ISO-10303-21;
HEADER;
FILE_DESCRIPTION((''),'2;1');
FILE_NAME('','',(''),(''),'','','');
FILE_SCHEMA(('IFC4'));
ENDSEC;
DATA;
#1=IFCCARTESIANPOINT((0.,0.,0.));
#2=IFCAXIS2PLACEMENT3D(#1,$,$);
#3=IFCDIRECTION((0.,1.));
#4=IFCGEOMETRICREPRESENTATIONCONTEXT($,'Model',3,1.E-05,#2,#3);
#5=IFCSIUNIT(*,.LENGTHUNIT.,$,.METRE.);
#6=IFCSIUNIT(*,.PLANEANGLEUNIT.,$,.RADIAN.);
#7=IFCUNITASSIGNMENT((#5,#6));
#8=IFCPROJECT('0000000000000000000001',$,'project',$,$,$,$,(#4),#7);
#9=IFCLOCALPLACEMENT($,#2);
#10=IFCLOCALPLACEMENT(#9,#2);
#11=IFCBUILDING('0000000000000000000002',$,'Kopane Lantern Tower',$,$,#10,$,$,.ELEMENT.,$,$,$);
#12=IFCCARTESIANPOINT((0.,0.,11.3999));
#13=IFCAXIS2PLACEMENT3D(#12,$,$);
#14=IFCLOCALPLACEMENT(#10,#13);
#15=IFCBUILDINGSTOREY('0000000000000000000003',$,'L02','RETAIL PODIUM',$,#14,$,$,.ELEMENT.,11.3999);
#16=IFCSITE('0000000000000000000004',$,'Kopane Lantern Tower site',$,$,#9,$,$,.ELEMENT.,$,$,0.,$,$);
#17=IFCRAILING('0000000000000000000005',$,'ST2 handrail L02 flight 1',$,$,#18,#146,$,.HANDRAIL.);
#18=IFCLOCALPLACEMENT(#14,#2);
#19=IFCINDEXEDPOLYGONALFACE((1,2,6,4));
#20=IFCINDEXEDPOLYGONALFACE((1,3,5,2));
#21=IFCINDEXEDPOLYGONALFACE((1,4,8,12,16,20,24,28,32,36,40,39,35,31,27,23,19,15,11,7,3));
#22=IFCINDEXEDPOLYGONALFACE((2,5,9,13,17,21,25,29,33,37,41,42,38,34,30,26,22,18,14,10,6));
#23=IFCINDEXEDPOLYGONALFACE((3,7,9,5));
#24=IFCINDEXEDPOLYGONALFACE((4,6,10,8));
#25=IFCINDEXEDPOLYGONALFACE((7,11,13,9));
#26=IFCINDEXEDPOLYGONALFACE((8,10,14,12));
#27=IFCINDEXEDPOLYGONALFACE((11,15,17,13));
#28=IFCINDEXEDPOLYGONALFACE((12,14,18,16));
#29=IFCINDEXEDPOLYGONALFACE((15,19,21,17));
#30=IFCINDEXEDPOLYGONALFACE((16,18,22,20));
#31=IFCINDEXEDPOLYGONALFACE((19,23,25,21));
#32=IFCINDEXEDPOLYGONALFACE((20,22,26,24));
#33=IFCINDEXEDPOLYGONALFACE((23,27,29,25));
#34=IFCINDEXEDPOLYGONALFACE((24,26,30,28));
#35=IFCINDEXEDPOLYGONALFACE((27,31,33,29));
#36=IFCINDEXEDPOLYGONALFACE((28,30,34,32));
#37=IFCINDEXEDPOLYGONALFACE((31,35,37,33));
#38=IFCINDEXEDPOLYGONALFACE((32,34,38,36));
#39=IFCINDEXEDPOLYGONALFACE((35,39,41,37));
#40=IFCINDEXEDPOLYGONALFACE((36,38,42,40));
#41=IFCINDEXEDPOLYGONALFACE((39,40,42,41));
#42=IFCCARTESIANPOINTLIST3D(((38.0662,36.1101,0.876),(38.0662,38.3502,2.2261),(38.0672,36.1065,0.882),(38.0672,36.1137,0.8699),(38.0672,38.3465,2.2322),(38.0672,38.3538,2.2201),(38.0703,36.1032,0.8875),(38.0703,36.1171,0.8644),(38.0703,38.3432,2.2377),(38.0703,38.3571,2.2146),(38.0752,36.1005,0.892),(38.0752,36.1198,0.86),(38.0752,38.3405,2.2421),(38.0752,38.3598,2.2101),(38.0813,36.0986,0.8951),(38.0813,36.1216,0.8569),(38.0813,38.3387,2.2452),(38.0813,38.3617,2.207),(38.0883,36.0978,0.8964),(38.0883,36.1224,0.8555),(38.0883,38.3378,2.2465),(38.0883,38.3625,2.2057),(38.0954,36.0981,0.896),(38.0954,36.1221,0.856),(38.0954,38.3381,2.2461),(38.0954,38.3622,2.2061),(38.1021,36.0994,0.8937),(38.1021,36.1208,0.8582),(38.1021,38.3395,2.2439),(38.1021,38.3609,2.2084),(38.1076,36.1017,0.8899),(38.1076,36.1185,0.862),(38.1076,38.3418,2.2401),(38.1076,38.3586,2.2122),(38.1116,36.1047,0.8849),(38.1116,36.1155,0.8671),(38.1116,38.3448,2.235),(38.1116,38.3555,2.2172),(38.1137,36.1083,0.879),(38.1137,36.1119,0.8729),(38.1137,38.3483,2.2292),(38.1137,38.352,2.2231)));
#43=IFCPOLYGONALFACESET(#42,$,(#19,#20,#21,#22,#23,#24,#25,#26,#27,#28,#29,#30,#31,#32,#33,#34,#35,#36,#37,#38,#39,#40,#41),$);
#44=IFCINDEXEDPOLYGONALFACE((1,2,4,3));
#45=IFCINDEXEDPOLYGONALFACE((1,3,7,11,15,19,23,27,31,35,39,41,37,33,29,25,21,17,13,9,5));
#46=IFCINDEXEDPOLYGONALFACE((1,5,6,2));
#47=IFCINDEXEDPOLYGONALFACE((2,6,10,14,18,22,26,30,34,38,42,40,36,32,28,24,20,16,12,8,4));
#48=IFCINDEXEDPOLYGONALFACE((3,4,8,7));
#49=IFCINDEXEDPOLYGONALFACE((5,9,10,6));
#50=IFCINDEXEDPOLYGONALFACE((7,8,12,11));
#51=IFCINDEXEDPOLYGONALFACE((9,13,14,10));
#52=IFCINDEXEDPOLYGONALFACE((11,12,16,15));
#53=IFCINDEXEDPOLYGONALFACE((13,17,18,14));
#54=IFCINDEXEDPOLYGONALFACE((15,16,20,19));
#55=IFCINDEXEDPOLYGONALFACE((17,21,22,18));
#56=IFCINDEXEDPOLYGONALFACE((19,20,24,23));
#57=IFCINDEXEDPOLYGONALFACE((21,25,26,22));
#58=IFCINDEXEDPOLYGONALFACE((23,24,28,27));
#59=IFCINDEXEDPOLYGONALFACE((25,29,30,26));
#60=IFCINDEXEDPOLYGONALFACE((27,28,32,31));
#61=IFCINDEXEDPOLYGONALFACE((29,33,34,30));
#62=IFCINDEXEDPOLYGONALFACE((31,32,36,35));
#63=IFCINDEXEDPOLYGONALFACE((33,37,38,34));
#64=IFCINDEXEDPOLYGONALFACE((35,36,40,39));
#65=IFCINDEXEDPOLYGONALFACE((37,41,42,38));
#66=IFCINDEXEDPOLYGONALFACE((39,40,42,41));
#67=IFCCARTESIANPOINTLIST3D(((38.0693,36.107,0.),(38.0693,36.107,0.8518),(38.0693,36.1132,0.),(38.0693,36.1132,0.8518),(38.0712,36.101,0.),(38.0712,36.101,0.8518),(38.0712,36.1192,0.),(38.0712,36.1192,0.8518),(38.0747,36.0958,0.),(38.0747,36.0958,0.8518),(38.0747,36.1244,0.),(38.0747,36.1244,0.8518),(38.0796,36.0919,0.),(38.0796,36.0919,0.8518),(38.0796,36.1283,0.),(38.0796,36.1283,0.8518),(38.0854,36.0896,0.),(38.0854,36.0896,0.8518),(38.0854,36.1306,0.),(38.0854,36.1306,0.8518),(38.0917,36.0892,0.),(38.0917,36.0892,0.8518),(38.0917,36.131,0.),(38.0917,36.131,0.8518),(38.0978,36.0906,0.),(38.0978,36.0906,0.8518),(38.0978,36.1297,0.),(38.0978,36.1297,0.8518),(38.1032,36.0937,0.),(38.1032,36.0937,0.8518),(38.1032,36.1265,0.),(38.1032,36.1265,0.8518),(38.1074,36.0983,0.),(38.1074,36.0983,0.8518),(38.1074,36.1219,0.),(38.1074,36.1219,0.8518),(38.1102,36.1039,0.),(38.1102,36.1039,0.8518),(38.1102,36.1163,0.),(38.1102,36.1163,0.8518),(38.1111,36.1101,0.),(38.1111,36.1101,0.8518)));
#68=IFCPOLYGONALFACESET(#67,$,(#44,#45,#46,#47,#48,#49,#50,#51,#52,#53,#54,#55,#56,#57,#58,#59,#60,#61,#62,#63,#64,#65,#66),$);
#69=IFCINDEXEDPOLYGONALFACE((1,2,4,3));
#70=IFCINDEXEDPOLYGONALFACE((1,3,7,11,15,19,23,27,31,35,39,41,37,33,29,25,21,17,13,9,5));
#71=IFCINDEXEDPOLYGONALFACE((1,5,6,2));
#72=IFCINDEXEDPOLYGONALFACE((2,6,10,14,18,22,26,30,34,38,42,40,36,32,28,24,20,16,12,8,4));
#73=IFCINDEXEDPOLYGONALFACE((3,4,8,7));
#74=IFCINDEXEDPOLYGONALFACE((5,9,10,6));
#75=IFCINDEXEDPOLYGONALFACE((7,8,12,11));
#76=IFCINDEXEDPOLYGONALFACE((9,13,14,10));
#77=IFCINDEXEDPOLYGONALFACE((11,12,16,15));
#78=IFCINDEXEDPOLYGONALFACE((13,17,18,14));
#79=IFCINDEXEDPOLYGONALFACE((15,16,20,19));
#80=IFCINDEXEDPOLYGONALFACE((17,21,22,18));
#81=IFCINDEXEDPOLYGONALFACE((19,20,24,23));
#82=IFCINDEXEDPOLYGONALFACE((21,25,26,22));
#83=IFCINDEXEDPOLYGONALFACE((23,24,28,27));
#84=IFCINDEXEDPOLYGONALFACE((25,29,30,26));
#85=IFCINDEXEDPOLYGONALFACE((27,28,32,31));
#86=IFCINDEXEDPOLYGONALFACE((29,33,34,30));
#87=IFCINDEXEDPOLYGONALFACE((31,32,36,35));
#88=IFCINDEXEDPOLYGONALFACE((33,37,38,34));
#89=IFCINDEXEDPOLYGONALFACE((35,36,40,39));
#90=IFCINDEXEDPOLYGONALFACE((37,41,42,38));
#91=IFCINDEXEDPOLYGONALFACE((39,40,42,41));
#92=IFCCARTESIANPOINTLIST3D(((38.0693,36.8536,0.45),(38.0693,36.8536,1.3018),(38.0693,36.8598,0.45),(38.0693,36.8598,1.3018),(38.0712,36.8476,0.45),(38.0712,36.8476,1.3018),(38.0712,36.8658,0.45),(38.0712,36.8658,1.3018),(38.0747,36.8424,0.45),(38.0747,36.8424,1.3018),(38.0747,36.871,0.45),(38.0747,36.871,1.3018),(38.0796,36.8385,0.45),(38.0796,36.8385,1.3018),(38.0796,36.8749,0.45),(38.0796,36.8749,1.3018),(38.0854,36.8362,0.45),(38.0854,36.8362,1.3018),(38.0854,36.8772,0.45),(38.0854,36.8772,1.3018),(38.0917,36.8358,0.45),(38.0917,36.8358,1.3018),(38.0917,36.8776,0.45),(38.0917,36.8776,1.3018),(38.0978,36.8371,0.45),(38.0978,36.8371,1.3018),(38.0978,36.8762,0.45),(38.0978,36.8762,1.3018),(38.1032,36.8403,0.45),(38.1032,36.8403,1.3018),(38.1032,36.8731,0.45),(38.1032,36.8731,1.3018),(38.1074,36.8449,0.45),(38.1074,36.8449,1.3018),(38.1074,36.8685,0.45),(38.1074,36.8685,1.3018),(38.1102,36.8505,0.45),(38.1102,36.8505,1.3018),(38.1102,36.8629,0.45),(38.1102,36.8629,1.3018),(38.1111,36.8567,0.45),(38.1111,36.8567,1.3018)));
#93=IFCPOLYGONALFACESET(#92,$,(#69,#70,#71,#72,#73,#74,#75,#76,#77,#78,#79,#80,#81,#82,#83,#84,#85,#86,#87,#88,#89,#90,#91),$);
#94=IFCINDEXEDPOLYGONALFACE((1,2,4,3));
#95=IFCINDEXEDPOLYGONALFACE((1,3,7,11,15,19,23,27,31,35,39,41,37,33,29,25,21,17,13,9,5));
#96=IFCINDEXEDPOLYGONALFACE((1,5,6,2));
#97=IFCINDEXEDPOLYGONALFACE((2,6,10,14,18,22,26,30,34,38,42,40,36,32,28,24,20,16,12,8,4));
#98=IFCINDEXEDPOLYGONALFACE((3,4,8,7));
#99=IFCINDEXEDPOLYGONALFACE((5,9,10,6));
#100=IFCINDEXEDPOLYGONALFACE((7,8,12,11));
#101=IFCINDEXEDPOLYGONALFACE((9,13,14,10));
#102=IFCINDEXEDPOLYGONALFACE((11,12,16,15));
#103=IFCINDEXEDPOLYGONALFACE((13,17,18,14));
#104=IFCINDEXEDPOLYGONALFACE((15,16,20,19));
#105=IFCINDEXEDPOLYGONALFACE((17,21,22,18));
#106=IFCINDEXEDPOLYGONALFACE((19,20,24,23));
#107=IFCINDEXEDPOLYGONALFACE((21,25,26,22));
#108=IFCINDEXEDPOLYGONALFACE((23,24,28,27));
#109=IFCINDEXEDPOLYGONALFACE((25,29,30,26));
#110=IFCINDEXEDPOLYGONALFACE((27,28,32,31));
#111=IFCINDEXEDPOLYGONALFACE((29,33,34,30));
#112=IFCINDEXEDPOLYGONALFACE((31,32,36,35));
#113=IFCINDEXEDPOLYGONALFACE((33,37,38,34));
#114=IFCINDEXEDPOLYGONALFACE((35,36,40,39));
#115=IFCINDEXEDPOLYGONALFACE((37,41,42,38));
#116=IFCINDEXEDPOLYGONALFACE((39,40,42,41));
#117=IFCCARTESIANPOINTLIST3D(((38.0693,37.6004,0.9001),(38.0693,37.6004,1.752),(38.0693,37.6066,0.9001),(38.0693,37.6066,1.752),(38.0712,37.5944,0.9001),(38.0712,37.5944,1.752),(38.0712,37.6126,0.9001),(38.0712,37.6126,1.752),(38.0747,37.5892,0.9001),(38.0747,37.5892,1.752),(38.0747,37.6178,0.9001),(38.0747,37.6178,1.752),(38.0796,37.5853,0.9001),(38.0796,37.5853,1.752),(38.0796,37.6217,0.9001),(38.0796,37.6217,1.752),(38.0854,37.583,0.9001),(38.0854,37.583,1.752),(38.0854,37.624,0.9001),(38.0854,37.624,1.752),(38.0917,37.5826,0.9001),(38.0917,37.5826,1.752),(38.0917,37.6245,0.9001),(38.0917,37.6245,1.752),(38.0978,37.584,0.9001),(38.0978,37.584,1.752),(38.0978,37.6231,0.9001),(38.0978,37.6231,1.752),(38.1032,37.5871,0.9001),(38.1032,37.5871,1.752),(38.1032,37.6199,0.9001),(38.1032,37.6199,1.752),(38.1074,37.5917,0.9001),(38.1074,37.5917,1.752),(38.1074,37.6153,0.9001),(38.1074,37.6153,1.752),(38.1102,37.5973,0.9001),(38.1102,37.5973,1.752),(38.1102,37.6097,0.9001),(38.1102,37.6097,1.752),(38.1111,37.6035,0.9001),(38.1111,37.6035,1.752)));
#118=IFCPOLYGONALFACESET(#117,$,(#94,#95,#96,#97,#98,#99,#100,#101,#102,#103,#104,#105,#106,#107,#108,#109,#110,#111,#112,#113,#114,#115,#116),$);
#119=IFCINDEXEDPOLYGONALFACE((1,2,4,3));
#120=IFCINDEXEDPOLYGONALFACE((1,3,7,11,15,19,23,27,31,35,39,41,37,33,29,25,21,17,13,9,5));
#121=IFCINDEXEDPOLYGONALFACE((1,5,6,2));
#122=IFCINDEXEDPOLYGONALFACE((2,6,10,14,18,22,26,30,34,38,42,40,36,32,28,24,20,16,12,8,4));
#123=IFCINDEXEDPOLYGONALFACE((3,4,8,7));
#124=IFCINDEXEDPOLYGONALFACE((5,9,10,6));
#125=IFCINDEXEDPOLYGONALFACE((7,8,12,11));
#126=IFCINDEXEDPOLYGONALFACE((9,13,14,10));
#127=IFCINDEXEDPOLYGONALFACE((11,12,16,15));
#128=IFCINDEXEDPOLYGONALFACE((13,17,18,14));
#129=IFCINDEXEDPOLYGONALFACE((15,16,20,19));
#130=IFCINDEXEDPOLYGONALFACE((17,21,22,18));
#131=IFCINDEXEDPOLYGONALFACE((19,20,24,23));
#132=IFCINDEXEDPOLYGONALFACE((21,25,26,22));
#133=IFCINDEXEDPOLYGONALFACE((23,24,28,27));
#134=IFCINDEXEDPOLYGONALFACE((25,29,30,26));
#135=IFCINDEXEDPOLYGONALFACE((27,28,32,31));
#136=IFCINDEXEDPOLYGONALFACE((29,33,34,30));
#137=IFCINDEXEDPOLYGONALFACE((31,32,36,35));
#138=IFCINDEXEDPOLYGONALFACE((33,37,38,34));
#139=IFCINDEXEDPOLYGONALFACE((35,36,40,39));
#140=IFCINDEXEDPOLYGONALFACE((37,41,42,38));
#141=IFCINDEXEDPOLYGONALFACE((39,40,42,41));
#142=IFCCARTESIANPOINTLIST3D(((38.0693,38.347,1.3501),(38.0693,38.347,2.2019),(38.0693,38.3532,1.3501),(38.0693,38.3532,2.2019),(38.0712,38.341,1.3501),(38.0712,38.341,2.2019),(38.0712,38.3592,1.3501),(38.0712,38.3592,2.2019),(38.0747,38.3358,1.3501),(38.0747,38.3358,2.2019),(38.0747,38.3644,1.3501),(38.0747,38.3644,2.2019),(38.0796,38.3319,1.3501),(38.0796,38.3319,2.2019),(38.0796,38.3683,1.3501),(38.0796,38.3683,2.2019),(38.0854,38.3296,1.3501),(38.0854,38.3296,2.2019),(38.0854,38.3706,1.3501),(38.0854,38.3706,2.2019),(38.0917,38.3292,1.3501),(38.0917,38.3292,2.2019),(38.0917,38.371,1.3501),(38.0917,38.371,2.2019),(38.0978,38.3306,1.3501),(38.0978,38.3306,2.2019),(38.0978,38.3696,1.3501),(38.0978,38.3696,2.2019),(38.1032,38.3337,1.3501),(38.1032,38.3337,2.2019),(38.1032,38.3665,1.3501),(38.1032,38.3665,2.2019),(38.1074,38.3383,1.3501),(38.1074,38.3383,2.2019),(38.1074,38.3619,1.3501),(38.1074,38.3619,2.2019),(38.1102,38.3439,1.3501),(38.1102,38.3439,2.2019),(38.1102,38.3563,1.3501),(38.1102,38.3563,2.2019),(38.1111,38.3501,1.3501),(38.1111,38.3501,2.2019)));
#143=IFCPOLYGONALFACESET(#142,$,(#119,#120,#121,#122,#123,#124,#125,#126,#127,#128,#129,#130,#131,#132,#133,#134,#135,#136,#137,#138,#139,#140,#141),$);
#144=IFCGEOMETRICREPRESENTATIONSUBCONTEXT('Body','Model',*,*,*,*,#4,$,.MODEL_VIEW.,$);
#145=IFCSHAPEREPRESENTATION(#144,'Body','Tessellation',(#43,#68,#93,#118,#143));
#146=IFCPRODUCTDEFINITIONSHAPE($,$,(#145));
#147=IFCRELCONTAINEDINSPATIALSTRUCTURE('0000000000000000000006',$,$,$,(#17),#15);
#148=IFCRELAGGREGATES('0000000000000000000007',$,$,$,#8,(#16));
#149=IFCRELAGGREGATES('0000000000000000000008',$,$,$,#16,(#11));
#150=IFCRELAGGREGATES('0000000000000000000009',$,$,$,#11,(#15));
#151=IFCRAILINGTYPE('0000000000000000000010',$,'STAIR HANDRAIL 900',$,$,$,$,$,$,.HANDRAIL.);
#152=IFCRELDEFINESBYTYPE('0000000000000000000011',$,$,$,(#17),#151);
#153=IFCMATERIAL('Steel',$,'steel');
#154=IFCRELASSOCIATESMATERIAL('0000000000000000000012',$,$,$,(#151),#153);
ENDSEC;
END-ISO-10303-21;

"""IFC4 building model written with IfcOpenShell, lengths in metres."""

from ifc_helpers import new_model, si_unit, direction, frame, origin, origin_2d, place, context, subcontext, project, spatial, circle, extrude, material, type_object, element, save


model = new_model("IFC4")

# Units and contexts
model_context = context("Model", 3, precision=1e-05, world=origin(), true_north=direction((0.0, 1.0)))
body_context = subcontext(model_context, "Body", "Model", "MODEL_VIEW")
ifc_project = project(units=[si_unit("LENGTHUNIT", "METRE"), si_unit("PLANEANGLEUNIT", "RADIAN")], contexts=[model_context])

# Site, building, storey
site_placement = place(None, origin())
site = spatial("IfcSite", under=ifc_project, at=site_placement, Name="Kopane Lantern Tower site", CompositionType="ELEMENT", RefElevation=0.0)
building_placement = place(site_placement, origin())
building = spatial("IfcBuilding", under=site, at=building_placement, Name="Kopane Lantern Tower", CompositionType="ELEMENT")
storey_placement = place(building_placement, frame((0.0, 0.0, 11.3999)))
storey = spatial("IfcBuildingStorey", under=building, at=storey_placement, Name="L02", Description="RETAIL PODIUM", CompositionType="ELEMENT", Elevation=11.3999)

# Railing
ifc_material_1 = material(Name="Steel", Category="steel")
railing_type_1 = type_object("IfcRailingType", Name="STAIR HANDRAIL 900", PredefinedType="HANDRAIL", material=ifc_material_1)
for number, where, name in (
    (1, (38.0901, 36.1101, 0.0), "ST2 handrail L02 flight 1"),
):
    element("IfcRailing", number, at=place(storey_placement, frame(where)), inside=storey, type_object=railing_type_1, Name=name, PredefinedType="HANDRAIL", context=body_context, shape_type="SweptSolid", body=[
        extrude(circle(Radius=0.0239, at=origin_2d()), frame((0.0, 0.0, 0.876), z_axis=(0.0, 0.856462, 0.516211), x_axis=(-1.0, 0.0, 0.0)), (0.0, 0.0, 1.0), 2.6155),
        extrude(circle(Radius=0.021, at=origin_2d()), origin(), (0.0, 0.0, 1.0), 0.8518),
        extrude(circle(Radius=0.021, at=origin_2d()), frame((0.0, 0.7466, 0.45)), (0.0, 0.0, 1.0), 0.8518),
        extrude(circle(Radius=0.021, at=origin_2d()), frame((0.0, 1.4934, 0.9001)), (0.0, 0.0, 1.0), 0.8518),
        extrude(circle(Radius=0.021, at=origin_2d()), frame((0.0, 2.24, 1.3501)), (0.0, 0.0, 1.0), 0.8518),
    ])

save(model, "model.ifc")
